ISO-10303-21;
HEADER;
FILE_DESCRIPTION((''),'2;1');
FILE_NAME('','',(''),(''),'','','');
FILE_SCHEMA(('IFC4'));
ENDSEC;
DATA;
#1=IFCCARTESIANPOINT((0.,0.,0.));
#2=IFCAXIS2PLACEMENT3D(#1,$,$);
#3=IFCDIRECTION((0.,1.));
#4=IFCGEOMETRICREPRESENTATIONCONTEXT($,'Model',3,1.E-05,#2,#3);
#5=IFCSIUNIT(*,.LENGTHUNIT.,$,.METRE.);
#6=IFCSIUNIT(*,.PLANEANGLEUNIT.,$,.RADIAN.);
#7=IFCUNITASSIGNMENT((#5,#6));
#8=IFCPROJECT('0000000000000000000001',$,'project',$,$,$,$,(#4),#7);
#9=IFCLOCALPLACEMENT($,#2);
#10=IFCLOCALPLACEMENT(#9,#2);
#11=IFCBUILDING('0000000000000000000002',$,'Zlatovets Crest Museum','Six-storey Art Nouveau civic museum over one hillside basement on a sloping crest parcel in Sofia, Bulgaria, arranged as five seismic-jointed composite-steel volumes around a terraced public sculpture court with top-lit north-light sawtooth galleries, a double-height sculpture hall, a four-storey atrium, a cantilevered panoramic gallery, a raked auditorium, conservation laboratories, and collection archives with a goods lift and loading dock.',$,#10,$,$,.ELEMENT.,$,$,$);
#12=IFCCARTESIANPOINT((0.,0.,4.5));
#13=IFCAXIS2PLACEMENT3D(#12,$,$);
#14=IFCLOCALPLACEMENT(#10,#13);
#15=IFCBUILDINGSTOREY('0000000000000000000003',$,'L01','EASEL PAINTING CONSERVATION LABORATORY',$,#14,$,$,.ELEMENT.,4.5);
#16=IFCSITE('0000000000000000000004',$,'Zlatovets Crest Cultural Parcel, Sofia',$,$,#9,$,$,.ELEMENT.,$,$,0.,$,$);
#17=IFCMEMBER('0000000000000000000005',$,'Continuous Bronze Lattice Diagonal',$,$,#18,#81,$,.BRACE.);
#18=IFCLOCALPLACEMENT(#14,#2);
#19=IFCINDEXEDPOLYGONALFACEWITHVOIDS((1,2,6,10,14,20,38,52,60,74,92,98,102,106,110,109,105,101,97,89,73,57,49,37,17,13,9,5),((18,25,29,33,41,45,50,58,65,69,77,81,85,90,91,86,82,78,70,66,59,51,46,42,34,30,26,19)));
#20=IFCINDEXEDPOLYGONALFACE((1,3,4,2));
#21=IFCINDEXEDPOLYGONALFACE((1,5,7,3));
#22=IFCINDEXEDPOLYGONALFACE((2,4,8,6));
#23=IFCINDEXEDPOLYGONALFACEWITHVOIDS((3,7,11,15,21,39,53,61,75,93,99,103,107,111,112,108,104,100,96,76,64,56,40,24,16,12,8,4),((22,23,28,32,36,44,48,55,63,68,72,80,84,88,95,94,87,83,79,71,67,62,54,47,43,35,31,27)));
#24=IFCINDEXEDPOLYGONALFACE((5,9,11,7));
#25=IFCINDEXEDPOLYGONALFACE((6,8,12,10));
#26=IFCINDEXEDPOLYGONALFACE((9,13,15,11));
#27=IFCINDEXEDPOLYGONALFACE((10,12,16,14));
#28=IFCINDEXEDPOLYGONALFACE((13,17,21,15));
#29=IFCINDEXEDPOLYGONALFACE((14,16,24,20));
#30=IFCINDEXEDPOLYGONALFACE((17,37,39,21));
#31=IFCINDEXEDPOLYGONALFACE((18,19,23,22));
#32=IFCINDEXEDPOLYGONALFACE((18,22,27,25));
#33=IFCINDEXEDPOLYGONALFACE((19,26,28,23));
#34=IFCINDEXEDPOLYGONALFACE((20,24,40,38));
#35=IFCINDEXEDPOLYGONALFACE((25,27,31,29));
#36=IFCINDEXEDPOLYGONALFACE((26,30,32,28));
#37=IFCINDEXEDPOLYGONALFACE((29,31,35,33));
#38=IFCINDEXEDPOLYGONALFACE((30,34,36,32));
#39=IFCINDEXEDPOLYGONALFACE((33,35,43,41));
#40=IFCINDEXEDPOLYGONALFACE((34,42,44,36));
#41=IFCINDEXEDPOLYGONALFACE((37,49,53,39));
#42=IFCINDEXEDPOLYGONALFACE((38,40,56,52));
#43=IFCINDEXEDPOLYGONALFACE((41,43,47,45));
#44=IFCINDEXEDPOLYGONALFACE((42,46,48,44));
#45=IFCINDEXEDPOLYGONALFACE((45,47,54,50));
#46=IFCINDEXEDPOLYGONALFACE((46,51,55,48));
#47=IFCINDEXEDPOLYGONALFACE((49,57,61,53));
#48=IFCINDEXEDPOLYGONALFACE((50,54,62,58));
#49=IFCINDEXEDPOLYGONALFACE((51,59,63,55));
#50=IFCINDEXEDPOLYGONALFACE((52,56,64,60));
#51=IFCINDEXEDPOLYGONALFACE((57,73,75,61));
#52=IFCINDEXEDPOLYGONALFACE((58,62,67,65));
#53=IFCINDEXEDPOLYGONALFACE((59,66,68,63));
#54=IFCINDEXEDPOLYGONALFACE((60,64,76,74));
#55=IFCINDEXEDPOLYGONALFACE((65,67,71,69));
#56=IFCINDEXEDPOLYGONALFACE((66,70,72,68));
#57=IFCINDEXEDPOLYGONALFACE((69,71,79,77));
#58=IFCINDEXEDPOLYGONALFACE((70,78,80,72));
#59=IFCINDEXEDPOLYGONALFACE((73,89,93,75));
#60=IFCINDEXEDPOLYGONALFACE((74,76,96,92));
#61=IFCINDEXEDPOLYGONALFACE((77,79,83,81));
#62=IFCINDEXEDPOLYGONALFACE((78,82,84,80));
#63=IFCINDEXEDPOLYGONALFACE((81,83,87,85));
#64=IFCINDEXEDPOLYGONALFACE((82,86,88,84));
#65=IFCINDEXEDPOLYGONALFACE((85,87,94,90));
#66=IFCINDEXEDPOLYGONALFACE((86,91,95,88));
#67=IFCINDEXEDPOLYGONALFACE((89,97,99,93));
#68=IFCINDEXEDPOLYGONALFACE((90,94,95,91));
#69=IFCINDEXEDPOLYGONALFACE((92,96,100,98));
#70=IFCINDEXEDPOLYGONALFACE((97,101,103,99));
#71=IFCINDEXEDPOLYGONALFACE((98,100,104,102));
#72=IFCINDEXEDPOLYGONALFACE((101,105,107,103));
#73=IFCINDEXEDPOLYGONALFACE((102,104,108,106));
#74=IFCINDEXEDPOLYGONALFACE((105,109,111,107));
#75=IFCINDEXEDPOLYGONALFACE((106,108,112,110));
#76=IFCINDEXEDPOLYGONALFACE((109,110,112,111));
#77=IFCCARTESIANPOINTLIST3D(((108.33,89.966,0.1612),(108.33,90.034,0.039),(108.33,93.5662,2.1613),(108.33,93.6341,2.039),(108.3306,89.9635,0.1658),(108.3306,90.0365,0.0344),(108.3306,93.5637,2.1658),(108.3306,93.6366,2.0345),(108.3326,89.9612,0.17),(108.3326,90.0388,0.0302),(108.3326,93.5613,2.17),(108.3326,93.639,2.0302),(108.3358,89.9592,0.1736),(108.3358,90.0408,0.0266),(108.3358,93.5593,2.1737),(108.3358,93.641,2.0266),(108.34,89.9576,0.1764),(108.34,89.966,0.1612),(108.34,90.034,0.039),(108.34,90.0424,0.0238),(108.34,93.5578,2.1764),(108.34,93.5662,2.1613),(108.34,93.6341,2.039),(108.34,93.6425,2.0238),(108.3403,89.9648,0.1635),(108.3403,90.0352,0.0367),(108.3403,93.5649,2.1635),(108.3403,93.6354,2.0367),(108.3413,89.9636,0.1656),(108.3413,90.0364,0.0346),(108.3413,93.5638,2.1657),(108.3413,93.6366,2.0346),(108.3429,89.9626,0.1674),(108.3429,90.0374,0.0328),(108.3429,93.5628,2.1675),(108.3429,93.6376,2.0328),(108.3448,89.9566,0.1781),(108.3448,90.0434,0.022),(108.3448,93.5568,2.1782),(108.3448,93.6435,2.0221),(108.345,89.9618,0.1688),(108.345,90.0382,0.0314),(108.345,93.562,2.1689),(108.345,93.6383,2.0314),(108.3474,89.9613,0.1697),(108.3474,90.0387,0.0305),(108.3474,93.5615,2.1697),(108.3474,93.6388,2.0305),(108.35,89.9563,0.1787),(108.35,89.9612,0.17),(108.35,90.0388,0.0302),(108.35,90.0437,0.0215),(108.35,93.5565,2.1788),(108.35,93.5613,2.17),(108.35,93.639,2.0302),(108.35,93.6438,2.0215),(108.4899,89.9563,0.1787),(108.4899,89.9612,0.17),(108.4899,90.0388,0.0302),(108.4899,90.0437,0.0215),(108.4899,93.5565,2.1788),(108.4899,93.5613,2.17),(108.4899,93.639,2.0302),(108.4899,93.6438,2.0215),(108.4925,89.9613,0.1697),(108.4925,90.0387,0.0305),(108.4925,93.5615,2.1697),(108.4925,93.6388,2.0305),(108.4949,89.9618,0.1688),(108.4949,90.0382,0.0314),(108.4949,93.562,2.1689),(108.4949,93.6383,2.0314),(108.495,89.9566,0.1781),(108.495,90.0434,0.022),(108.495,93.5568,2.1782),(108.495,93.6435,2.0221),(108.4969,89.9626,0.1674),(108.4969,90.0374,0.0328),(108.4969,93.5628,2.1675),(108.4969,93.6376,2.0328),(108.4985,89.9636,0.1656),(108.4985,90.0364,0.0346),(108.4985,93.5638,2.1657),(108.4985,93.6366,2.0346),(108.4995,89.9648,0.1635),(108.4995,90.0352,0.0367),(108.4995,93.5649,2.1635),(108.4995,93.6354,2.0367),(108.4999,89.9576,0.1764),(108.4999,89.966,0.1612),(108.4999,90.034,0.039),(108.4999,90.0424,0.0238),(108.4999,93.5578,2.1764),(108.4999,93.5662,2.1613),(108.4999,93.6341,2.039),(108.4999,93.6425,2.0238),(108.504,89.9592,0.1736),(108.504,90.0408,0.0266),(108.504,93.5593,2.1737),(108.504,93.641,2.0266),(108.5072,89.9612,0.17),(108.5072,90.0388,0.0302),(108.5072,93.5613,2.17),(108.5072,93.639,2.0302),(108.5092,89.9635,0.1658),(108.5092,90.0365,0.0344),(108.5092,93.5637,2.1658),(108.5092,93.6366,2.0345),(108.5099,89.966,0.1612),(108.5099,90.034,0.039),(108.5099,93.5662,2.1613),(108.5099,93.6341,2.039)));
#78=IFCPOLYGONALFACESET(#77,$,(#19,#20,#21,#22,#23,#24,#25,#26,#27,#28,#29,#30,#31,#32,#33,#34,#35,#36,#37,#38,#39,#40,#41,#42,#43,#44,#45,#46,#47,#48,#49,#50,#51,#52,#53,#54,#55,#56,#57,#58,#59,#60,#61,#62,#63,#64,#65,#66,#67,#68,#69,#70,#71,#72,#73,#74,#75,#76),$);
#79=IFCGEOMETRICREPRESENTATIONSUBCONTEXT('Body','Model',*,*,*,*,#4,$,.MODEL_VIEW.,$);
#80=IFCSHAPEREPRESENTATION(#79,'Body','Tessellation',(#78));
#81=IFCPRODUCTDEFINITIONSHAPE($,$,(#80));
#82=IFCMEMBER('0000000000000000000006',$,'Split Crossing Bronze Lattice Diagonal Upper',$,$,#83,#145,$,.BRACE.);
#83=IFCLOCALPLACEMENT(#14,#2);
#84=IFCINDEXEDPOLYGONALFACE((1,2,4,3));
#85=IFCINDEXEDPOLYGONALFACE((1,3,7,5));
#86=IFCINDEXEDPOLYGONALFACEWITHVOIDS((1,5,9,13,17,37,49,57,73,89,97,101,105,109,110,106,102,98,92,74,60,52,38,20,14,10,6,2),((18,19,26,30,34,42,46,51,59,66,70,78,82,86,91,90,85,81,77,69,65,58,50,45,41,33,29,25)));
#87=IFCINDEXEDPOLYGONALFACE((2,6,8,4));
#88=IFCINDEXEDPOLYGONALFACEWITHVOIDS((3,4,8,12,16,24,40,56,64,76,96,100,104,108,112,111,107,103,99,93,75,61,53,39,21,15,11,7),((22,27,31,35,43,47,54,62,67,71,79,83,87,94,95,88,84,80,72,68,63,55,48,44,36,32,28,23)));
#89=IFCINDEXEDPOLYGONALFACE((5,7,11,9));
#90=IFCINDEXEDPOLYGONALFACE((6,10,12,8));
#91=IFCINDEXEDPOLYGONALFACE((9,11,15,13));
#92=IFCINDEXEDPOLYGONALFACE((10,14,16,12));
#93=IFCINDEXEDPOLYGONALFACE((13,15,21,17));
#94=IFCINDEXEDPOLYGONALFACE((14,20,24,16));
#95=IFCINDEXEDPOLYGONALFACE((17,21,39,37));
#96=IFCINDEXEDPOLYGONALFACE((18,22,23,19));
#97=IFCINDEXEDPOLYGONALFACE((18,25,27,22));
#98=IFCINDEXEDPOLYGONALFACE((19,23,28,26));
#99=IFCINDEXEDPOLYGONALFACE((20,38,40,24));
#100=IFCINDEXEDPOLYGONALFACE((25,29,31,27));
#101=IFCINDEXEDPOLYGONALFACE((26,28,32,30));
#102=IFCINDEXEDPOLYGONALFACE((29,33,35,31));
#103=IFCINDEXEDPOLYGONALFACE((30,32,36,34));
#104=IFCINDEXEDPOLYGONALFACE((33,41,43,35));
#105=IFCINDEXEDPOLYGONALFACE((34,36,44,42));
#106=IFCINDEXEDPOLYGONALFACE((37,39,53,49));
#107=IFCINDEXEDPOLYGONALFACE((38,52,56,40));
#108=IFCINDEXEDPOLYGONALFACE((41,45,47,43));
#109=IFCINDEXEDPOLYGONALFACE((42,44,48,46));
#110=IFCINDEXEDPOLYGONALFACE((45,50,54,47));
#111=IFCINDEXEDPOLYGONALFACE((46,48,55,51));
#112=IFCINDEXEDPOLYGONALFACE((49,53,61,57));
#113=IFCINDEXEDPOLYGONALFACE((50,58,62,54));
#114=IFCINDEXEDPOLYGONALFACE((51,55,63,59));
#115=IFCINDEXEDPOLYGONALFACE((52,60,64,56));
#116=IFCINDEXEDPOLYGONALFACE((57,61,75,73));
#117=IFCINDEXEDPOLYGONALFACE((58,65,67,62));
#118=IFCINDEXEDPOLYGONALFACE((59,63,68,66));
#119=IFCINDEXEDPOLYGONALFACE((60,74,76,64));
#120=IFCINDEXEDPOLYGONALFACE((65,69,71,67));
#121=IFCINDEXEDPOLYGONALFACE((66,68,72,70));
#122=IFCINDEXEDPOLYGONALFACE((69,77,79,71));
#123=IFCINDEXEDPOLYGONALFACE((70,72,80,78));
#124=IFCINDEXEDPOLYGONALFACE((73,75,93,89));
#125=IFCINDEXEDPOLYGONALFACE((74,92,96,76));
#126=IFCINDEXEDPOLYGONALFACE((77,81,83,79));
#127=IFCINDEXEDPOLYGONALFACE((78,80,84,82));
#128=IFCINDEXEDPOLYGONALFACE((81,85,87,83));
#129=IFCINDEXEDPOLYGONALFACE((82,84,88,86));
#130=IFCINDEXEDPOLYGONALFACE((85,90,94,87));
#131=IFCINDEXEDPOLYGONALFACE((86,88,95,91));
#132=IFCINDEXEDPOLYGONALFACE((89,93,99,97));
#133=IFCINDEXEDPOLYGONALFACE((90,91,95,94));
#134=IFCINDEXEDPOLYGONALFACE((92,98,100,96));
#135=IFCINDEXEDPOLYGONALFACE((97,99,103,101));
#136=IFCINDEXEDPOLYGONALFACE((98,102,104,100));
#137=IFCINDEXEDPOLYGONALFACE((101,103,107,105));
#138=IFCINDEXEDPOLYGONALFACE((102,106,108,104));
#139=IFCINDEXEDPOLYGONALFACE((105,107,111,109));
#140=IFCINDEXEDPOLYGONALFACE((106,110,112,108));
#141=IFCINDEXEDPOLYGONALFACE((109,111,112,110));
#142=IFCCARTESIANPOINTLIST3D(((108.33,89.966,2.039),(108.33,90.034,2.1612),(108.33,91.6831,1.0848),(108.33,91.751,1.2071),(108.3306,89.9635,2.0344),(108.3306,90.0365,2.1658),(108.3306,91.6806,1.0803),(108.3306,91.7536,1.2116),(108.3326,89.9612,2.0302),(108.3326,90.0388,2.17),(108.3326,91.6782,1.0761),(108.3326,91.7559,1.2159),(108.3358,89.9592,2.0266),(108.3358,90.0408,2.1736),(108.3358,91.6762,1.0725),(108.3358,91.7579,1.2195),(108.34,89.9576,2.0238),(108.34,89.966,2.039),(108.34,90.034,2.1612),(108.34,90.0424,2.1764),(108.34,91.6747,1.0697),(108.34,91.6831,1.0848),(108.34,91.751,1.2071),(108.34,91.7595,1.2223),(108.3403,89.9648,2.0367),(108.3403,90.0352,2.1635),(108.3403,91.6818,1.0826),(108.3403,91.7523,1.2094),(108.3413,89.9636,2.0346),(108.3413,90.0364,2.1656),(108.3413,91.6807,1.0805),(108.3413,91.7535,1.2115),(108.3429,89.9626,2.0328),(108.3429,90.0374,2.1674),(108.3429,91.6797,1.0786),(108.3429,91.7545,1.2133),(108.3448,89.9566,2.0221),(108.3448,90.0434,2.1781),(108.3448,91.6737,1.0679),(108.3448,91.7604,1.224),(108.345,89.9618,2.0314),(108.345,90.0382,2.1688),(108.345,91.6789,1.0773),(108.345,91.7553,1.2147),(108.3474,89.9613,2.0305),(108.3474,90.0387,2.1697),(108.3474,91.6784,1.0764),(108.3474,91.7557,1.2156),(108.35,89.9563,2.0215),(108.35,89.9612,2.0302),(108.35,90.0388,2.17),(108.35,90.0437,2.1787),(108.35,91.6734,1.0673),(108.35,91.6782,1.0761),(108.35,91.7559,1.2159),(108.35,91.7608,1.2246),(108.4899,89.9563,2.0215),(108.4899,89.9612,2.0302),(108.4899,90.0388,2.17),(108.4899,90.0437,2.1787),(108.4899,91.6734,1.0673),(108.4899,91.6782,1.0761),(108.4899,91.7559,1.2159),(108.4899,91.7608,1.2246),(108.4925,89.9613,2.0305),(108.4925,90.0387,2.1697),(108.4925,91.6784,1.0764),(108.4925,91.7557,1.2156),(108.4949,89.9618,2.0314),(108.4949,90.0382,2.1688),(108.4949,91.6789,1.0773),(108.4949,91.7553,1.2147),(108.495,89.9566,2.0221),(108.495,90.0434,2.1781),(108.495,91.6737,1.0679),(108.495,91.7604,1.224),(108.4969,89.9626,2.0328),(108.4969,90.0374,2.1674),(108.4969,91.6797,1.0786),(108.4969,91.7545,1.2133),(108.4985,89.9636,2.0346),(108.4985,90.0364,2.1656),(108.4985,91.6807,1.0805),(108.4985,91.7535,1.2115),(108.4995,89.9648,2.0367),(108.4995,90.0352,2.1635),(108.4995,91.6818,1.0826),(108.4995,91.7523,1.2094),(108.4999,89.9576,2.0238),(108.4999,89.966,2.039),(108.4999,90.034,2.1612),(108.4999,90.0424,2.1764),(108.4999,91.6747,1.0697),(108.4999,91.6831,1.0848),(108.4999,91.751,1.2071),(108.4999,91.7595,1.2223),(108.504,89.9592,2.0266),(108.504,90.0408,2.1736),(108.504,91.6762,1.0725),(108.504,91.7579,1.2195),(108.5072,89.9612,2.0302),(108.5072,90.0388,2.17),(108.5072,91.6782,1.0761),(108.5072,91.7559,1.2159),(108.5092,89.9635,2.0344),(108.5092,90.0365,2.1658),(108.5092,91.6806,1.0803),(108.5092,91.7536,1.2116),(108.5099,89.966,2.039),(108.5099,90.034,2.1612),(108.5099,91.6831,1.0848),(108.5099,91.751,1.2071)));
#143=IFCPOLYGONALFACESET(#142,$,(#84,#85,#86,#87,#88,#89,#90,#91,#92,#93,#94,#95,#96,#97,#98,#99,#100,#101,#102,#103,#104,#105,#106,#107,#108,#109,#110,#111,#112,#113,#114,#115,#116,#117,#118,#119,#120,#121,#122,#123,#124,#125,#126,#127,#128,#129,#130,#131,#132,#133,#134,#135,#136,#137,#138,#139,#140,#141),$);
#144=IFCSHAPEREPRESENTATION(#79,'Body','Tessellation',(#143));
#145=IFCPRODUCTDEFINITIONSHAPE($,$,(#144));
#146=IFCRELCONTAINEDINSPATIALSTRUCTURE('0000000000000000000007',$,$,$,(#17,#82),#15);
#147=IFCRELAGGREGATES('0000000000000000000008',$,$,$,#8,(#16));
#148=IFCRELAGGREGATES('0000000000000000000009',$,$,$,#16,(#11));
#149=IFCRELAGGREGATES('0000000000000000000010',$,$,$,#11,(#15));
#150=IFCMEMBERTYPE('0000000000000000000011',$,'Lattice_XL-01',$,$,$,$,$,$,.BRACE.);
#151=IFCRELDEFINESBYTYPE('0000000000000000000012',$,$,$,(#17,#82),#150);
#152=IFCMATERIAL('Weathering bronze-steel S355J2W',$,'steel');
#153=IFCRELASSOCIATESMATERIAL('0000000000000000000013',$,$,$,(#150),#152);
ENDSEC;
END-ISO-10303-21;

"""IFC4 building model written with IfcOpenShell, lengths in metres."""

from ifc_helpers import new_model, si_unit, direction, frame, origin, origin_2d, place, context, subcontext, project, spatial, hollow_rectangle, extrude, material, material_profile, profile_set, type_object, element, save


model = new_model("IFC4")

# Units and contexts
model_context = context("Model", 3, precision=1e-05, world=origin(), true_north=direction((0.0, 1.0)))
body_context = subcontext(model_context, "Body", "Model", "MODEL_VIEW")
ifc_project = project(units=[si_unit("LENGTHUNIT", "METRE"), si_unit("PLANEANGLEUNIT", "RADIAN")], contexts=[model_context])

# Site, building, storey
site_placement = place(None, origin())
site = spatial("IfcSite", under=ifc_project, at=site_placement, Name="Zlatovets Crest Cultural Parcel, Sofia", CompositionType="ELEMENT", RefElevation=0.0)
building_placement = place(site_placement, origin())
building = spatial("IfcBuilding", under=site, at=building_placement, Name="Zlatovets Crest Museum", Description="Six-storey Art Nouveau civic museum over one hillside basement on a sloping crest parcel in Sofia, Bulgaria, arranged as five seismic-jointed composite-steel volumes around a terraced public sculpture court with top-lit north-light sawtooth galleries, a double-height sculpture hall, a four-storey atrium, a cantilevered panoramic gallery, a raked auditorium, conservation laboratories, and collection archives with a goods lift and loading dock.", CompositionType="ELEMENT")
storey_placement = place(building_placement, frame((0.0, 0.0, 4.5)))
storey = spatial("IfcBuildingStorey", under=building, at=storey_placement, Name="L01", Description="EASEL PAINTING CONSERVATION LABORATORY", CompositionType="ELEMENT", Elevation=4.5)

# Members
ifc_material_1 = material(Name="Weathering bronze-steel S355J2W", Category="steel")
ifc_material_profile_1 = material_profile(ifc_material_1, hollow_rectangle(XDim=0.1799, YDim=0.1799, WallThickness=0.01, InnerFilletRadius=0.01, OuterFilletRadius=0.02, at=origin_2d()), Name="SHS 180x180x10.0")
ifc_profile_set_1 = profile_set([ifc_material_profile_1], Name="Weathering bronze-steel S355J2W")
member_type_1 = type_object("IfcMemberType", Name="Lattice_XL-01", PredefinedType="BRACE", material=ifc_profile_set_1)
member_1_placement = place(storey_placement, frame((108.4199, 90.0, 0.1001), z_axis=(0.0, 0.874163, 0.485633), x_axis=(-1.0, 0.0, 0.0)))
element("IfcMember", 1, at=member_1_placement, inside=storey, type_object=member_type_1, Name="Continuous Bronze Lattice Diagonal", PredefinedType="BRACE", context=body_context, shape_type="SweptSolid", body=[
    extrude(hollow_rectangle(XDim=0.1799, YDim=0.1799, WallThickness=0.01, InnerFilletRadius=0.01, OuterFilletRadius=0.02, at=origin_2d()), origin(), (0.0, 0.0, 1.0), 4.1184),
])
member_2_placement = place(storey_placement, frame((108.4199, 90.0, 2.1001), z_axis=(0.0, 0.874116, -0.485717), x_axis=(-1.0, 0.0, 0.0)))
element("IfcMember", 2, at=member_2_placement, inside=storey, type_object=member_type_1, Name="Split Crossing Bronze Lattice Diagonal Upper", PredefinedType="BRACE", context=body_context, shape_type="SweptSolid", body=[
    extrude(hollow_rectangle(XDim=0.1799, YDim=0.1799, WallThickness=0.01, InnerFilletRadius=0.01, OuterFilletRadius=0.02, at=origin_2d()), origin(), (0.0, 0.0, 1.0), 1.9644),
])

save(model, "model.ifc")
